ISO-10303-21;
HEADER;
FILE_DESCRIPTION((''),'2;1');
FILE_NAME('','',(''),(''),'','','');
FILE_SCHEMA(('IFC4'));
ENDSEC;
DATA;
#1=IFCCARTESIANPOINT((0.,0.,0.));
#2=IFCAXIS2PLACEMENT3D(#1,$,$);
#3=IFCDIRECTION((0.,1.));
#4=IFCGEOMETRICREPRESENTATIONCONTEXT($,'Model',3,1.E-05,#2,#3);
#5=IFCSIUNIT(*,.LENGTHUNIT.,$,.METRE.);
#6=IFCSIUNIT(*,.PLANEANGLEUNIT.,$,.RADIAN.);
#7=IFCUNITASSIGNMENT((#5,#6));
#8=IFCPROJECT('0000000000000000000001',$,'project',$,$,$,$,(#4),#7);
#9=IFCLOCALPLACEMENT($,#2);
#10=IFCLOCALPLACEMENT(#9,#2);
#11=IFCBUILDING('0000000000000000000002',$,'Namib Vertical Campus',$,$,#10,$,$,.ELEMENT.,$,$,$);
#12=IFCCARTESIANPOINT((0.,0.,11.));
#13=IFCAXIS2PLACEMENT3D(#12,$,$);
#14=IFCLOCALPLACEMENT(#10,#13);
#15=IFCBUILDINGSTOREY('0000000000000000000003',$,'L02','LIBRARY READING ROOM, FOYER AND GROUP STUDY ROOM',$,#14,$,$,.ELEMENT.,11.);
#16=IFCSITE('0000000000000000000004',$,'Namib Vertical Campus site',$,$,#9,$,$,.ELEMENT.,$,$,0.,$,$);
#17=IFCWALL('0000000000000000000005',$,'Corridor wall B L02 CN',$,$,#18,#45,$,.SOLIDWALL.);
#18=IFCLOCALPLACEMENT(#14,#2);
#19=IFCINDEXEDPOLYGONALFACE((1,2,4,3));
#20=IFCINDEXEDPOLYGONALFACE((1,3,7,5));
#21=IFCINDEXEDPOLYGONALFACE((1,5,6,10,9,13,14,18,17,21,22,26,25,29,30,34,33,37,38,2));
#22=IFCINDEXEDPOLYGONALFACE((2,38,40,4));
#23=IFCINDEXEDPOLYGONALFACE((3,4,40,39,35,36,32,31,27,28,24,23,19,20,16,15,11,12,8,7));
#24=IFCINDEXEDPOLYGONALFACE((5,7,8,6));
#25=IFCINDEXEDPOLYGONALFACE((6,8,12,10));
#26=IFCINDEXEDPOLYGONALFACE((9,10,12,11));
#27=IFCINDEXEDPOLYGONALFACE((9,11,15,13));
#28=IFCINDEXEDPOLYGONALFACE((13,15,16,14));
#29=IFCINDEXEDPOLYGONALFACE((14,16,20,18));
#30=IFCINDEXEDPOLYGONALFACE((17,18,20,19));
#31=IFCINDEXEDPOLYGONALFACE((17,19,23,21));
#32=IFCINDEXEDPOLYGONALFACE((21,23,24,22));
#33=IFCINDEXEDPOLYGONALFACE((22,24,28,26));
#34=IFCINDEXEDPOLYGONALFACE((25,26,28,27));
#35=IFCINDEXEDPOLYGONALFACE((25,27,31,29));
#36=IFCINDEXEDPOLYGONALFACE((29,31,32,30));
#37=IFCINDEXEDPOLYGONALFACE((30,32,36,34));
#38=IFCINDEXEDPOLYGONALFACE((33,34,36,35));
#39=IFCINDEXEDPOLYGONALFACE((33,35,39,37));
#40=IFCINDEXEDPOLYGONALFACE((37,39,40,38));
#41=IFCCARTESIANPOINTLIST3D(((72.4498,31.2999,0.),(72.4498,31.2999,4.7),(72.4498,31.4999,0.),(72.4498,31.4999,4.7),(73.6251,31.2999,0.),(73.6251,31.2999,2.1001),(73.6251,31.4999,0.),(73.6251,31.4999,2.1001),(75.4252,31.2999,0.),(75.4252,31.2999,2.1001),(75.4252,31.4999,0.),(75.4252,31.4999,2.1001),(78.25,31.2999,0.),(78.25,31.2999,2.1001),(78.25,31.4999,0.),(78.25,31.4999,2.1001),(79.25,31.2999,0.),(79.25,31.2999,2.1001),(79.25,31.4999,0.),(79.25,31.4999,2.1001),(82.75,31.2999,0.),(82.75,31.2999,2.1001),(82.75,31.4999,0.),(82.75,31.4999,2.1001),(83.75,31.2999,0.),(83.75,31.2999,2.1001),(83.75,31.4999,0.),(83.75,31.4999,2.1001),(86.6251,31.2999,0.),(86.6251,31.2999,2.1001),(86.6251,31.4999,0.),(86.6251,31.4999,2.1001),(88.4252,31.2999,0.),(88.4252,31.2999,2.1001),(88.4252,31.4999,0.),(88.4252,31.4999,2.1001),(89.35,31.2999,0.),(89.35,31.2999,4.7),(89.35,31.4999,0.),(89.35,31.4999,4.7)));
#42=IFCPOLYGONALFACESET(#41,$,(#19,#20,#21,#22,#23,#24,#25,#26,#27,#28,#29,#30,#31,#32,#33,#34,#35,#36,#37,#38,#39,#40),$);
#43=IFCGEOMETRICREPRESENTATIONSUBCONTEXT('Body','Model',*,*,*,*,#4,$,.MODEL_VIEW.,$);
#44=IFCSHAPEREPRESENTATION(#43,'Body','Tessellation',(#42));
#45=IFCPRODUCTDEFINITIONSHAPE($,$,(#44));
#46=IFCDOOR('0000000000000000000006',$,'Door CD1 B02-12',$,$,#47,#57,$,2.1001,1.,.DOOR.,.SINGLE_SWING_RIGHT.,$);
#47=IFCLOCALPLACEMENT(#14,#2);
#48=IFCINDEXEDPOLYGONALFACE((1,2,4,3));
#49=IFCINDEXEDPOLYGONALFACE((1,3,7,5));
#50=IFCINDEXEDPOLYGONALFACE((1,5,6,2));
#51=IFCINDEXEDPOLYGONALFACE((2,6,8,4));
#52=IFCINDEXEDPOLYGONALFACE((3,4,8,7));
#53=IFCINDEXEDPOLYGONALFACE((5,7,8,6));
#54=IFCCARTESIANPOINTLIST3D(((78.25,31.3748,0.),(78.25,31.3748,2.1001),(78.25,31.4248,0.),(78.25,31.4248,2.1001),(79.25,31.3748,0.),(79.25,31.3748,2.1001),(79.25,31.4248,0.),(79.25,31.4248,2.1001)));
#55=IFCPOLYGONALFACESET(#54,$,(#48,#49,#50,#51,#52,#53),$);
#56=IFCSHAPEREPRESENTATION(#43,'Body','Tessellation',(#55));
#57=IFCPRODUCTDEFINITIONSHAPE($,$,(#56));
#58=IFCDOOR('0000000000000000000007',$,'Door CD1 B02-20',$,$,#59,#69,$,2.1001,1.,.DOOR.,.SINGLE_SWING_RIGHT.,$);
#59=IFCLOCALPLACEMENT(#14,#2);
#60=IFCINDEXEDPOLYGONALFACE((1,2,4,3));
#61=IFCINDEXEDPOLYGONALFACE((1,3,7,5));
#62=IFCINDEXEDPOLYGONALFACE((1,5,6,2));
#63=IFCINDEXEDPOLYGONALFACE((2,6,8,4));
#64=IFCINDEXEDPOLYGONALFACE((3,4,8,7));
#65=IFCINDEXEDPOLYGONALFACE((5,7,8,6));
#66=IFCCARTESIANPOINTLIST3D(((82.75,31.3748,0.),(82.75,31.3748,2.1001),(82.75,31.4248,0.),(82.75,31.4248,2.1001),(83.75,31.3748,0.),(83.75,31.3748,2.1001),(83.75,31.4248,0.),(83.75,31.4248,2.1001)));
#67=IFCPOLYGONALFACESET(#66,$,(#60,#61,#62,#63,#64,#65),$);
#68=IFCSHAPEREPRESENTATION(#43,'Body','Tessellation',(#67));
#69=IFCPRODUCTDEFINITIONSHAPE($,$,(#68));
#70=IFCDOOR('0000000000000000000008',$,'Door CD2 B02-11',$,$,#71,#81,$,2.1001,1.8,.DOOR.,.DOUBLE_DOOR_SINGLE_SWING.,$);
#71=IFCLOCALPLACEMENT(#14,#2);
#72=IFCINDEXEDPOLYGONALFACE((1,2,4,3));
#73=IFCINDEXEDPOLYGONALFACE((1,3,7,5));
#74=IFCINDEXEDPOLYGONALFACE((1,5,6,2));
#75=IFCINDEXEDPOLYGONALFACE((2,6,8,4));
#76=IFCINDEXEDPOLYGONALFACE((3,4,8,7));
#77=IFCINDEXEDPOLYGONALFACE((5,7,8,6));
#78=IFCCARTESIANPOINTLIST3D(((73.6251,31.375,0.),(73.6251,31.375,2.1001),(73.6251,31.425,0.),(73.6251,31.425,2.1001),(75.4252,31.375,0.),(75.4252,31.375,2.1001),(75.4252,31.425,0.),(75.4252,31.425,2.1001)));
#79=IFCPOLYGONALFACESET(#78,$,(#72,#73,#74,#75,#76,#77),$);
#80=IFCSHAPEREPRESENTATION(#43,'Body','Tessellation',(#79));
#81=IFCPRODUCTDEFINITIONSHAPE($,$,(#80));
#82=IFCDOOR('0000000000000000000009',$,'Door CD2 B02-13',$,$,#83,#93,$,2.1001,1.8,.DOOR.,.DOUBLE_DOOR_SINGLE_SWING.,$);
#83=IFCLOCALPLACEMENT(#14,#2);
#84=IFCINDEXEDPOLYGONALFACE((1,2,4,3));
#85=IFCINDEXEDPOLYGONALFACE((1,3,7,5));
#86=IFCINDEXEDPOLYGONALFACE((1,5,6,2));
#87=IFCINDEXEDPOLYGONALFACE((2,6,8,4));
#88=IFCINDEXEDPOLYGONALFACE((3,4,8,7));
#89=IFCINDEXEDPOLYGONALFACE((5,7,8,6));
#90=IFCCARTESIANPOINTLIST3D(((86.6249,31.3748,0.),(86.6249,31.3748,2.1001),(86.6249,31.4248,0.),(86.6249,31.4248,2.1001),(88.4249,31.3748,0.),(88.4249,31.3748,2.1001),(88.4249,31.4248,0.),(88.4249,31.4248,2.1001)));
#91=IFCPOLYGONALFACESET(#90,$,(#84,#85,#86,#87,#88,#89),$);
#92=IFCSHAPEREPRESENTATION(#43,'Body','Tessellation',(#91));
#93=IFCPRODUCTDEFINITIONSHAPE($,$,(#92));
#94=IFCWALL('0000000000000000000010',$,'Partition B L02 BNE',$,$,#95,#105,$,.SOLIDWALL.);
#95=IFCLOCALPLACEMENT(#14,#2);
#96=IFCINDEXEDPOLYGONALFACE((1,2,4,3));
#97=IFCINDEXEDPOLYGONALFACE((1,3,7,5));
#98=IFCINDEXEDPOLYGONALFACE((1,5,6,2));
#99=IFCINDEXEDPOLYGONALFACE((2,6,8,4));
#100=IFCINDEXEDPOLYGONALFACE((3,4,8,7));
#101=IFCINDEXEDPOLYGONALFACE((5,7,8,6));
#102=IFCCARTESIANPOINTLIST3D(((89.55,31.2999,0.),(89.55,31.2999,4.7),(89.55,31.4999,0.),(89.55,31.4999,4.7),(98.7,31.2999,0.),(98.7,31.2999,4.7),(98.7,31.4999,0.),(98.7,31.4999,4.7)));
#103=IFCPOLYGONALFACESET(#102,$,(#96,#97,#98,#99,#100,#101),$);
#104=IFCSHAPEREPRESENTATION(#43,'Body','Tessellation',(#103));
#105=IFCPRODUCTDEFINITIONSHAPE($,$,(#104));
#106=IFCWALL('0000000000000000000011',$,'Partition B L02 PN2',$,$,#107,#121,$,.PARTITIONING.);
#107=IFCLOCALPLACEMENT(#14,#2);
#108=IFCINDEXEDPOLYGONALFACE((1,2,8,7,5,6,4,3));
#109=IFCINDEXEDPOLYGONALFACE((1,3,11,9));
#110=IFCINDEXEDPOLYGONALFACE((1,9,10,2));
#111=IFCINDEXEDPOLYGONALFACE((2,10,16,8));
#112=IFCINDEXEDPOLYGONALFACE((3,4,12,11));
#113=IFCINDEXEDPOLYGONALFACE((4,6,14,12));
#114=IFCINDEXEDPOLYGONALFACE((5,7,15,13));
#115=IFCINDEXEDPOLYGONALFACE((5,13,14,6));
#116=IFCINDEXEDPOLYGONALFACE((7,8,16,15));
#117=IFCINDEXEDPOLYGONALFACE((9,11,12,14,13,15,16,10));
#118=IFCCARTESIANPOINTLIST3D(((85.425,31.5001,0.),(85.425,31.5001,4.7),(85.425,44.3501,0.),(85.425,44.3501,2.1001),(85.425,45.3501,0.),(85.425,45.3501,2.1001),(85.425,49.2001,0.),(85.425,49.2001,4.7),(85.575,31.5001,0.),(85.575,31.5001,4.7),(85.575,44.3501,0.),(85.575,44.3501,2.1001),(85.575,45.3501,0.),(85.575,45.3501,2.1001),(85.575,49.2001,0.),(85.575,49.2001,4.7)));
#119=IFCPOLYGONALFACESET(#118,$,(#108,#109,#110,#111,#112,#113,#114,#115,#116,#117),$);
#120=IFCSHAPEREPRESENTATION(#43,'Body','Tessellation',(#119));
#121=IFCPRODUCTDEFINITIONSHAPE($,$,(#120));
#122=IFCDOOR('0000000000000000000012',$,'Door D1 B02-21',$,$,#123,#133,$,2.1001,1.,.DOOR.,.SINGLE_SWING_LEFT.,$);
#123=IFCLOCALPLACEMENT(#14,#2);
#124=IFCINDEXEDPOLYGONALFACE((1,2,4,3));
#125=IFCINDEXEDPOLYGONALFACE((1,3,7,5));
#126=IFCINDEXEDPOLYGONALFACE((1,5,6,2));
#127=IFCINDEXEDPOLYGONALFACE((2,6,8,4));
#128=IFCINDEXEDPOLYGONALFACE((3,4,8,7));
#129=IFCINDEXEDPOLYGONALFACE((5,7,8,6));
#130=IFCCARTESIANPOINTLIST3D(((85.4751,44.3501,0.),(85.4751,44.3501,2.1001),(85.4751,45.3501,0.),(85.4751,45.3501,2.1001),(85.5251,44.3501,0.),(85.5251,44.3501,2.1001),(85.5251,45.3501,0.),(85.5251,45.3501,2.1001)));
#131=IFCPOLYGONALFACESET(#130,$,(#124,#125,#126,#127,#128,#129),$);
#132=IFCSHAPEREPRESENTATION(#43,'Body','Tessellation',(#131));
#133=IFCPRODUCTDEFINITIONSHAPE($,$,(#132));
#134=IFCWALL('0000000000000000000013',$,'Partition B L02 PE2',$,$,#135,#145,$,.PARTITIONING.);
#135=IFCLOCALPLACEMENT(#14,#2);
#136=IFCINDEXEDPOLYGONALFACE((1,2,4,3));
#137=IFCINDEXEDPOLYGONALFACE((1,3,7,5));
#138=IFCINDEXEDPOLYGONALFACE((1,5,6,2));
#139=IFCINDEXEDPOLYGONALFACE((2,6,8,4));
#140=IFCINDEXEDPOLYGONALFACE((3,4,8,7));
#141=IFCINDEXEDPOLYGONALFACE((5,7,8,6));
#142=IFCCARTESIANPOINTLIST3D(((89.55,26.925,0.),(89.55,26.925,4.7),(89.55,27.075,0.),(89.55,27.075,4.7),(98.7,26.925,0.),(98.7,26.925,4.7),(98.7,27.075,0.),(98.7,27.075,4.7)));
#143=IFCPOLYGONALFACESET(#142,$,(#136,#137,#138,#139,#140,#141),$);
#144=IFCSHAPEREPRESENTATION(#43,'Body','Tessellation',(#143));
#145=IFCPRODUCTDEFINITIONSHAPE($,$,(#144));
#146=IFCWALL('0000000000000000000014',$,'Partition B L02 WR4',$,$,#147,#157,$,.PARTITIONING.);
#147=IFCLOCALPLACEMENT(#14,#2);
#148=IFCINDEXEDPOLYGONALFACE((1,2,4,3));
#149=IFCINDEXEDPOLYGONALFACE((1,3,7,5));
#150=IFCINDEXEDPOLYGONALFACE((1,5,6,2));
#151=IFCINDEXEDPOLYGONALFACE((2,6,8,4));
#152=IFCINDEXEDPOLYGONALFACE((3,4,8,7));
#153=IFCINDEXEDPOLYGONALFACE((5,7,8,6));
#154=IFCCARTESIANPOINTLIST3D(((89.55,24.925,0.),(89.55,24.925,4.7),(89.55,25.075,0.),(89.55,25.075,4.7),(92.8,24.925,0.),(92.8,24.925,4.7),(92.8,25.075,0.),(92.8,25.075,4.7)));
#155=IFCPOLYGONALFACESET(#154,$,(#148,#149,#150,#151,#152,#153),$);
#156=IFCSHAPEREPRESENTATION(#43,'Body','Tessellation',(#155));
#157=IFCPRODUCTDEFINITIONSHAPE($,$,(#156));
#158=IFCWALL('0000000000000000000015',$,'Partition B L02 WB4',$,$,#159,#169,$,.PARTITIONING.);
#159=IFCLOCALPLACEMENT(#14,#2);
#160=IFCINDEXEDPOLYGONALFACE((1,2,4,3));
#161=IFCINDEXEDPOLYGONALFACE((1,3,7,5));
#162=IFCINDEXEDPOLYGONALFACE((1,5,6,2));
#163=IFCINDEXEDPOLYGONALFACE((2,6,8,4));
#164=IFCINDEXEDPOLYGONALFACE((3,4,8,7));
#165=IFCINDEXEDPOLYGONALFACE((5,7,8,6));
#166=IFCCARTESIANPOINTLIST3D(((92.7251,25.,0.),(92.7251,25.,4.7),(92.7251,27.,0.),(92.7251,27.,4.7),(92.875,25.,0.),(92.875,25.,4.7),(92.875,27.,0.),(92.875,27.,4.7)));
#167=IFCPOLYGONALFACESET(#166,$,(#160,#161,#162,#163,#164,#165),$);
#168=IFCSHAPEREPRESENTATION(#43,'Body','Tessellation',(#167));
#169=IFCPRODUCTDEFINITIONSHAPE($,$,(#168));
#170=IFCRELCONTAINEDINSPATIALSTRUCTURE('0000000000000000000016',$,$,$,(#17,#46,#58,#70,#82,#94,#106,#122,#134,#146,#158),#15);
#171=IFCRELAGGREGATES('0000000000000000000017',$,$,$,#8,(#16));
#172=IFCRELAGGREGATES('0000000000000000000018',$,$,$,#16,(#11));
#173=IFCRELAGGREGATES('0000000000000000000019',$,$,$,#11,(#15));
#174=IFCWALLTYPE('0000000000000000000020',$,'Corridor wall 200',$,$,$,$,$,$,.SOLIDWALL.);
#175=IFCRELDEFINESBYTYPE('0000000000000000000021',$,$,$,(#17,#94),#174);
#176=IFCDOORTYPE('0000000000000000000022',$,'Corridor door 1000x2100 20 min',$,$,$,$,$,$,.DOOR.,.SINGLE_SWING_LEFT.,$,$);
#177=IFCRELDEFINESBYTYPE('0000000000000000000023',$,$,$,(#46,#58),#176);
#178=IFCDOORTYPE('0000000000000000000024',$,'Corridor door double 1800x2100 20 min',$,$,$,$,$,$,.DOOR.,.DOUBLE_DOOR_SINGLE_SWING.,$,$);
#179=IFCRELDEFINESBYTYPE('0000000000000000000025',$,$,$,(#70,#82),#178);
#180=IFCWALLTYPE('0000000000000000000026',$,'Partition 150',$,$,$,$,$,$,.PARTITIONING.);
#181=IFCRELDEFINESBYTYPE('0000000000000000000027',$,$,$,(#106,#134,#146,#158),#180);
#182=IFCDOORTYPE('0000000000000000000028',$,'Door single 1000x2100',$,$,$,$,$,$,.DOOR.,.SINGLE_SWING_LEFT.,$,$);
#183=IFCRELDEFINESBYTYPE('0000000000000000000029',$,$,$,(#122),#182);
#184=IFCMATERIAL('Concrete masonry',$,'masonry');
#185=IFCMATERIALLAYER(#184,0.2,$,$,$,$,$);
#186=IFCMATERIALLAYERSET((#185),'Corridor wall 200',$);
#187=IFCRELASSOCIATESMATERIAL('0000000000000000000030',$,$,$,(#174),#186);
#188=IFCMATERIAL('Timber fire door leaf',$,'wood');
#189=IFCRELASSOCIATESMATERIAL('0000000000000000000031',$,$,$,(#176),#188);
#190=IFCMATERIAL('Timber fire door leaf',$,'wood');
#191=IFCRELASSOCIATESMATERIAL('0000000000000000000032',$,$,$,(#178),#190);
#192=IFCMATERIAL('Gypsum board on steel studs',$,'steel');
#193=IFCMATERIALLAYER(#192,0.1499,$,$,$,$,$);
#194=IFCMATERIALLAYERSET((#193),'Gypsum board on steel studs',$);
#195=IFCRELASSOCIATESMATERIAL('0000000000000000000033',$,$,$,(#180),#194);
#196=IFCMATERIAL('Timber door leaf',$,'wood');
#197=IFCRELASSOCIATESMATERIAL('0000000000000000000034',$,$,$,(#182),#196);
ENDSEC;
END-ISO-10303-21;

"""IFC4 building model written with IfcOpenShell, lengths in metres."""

from ifc_helpers import new_model, si_unit, direction, frame, frame_2d, origin, place, context, subcontext, project, spatial, rectangle, extrude, material, layer, layer_set, type_object, element, fill, save


model = new_model("IFC4")

# Units and contexts
model_context = context("Model", 3, precision=1e-05, world=origin(), true_north=direction((0.0, 1.0)))
body_context = subcontext(model_context, "Body", "Model", "MODEL_VIEW")
ifc_project = project(units=[si_unit("LENGTHUNIT", "METRE"), si_unit("PLANEANGLEUNIT", "RADIAN")], contexts=[model_context])

# Site, building, storey
site_placement = place(None, origin())
site = spatial("IfcSite", under=ifc_project, at=site_placement, Name="Namib Vertical Campus site", CompositionType="ELEMENT", RefElevation=0.0)
building_placement = place(site_placement, origin())
building = spatial("IfcBuilding", under=site, at=building_placement, Name="Namib Vertical Campus", CompositionType="ELEMENT")
storey_placement = place(building_placement, frame((0.0, 0.0, 11.0)))
storey = spatial("IfcBuildingStorey", under=building, at=storey_placement, Name="L02", Description="LIBRARY READING ROOM, FOYER AND GROUP STUDY ROOM", CompositionType="ELEMENT", Elevation=11.0)

# Wall, openings, doors
ifc_material_1 = material(Name="Concrete masonry", Category="masonry")
ifc_layer_1 = layer(ifc_material_1, 0.2)
ifc_layer_set_1 = layer_set([ifc_layer_1], Name="Corridor wall 200")
wall_type_1 = type_object("IfcWallType", Name="Corridor wall 200", PredefinedType="SOLIDWALL", material=ifc_layer_set_1)
wall_1_placement = place(storey_placement, frame((89.3501, 31.3999, 0.0), z_axis=(0.0, 0.0, 1.0), x_axis=(-1.0, 0.0, 0.0)))
wall_1 = element("IfcWall", 1, at=wall_1_placement, inside=storey, type_object=wall_type_1, Name="Corridor wall B L02 CN", PredefinedType="SOLIDWALL", context=body_context, shape_type="SweptSolid", body=[
    extrude(rectangle(XDim=16.9001, YDim=0.2, at=frame_2d((8.4502, 0.0))), origin(), (0.0, 0.0, 1.0), 4.7),
])
opening_1_placement = place(wall_1_placement, frame((13.925, 0.0, 0.0)))
opening_1 = element("IfcOpeningElement", 2, at=opening_1_placement, cuts=wall_1, PredefinedType="OPENING", context=body_context, shape_type="SweptSolid", body=[
    extrude(rectangle(XDim=1.8, YDim=2.1001, at=frame_2d((0.8999, 1.05))), frame((0.0, 0.1099, 0.0), z_axis=(0.0, -1.0, 0.0), x_axis=(1.0, 0.0, 0.0)), (0.0, 0.0, 1.0), 0.22),
])
opening_2_placement = place(wall_1_placement, frame((10.1001, 0.0, 0.0)))
opening_2 = element("IfcOpeningElement", 3, at=opening_2_placement, cuts=wall_1, PredefinedType="OPENING", context=body_context, shape_type="SweptSolid", body=[
    extrude(rectangle(XDim=1.0, YDim=2.1001, at=frame_2d((0.5, 1.05))), frame((0.0, 0.1099, 0.0), z_axis=(0.0, -1.0, 0.0), x_axis=(1.0, 0.0, 0.0)), (0.0, 0.0, 1.0), 0.22),
])
opening_3_placement = place(wall_1_placement, frame((0.925, 0.0, 0.0)))
opening_3 = element("IfcOpeningElement", 4, at=opening_3_placement, cuts=wall_1, PredefinedType="OPENING", context=body_context, shape_type="SweptSolid", body=[
    extrude(rectangle(XDim=1.8, YDim=2.1001, at=frame_2d((0.8999, 1.05))), frame((0.0, 0.1099, 0.0), z_axis=(0.0, -1.0, 0.0), x_axis=(1.0, 0.0, 0.0)), (0.0, 0.0, 1.0), 0.22),
])
opening_4_placement = place(wall_1_placement, frame((5.6001, 0.0, 0.0)))
opening_4 = element("IfcOpeningElement", 5, at=opening_4_placement, cuts=wall_1, PredefinedType="OPENING", context=body_context, shape_type="SweptSolid", body=[
    extrude(rectangle(XDim=1.0, YDim=2.1001, at=frame_2d((0.5, 1.05))), frame((0.0, 0.1099, 0.0), z_axis=(0.0, -1.0, 0.0), x_axis=(1.0, 0.0, 0.0)), (0.0, 0.0, 1.0), 0.22),
])
ifc_material_2 = material(Name="Timber fire door leaf", Category="wood")
door_type_1 = type_object("IfcDoorType", Name="Corridor door 1000x2100 20 min", OperationType="SINGLE_SWING_LEFT", PredefinedType="DOOR", material=ifc_material_2)
door_1_placement = place(opening_2_placement, frame((1.0, 0.0, 0.0), z_axis=(0.0, 0.0, 1.0), x_axis=(-1.0, 0.0, 0.0)))
door_1 = element("IfcDoor", 6, at=door_1_placement, inside=storey, type_object=door_type_1, Name="Door CD1 B02-12", OperationType="SINGLE_SWING_RIGHT", OverallHeight=2.1001, OverallWidth=1.0, PredefinedType="DOOR", context=body_context, shape_type="SweptSolid", body=[
    extrude(rectangle(XDim=1.0, YDim=2.1001, at=frame_2d((0.5, 1.05))), frame((0.0, 0.0249, 0.0), z_axis=(0.0, -1.0, 0.0), x_axis=(1.0, 0.0, 0.0)), (0.0, 0.0, 1.0), 0.05),
])
fill(opening_2, door_1)
door_2_placement = place(opening_4_placement, frame((1.0, 0.0, 0.0), z_axis=(0.0, 0.0, 1.0), x_axis=(-1.0, 0.0, 0.0)))
door_2 = element("IfcDoor", 7, at=door_2_placement, inside=storey, type_object=door_type_1, Name="Door CD1 B02-20", OperationType="SINGLE_SWING_RIGHT", OverallHeight=2.1001, OverallWidth=1.0, PredefinedType="DOOR", context=body_context, shape_type="SweptSolid", body=[
    extrude(rectangle(XDim=1.0, YDim=2.1001, at=frame_2d((0.5, 1.05))), frame((0.0, 0.0249, 0.0), z_axis=(0.0, -1.0, 0.0), x_axis=(1.0, 0.0, 0.0)), (0.0, 0.0, 1.0), 0.05),
])
fill(opening_4, door_2)
ifc_material_3 = material(Name="Timber fire door leaf", Category="wood")
door_type_2 = type_object("IfcDoorType", Name="Corridor door double 1800x2100 20 min", OperationType="DOUBLE_DOOR_SINGLE_SWING", PredefinedType="DOOR", material=ifc_material_3)
door_3_placement = place(opening_1_placement, origin())
door_3 = element("IfcDoor", 8, at=door_3_placement, inside=storey, type_object=door_type_2, Name="Door CD2 B02-11", OperationType="DOUBLE_DOOR_SINGLE_SWING", OverallHeight=2.1001, OverallWidth=1.8, PredefinedType="DOOR", context=body_context, shape_type="SweptSolid", body=[
    extrude(rectangle(XDim=1.8, YDim=2.1001, at=frame_2d((0.8999, 1.05))), frame((0.0, 0.0249, 0.0), z_axis=(0.0, -1.0, 0.0), x_axis=(1.0, 0.0, 0.0)), (0.0, 0.0, 1.0), 0.05),
])
fill(opening_1, door_3)
door_4_placement = place(opening_3_placement, frame((1.8, 0.0, 0.0), z_axis=(0.0, 0.0, 1.0), x_axis=(-1.0, 0.0, 0.0)))
door_4 = element("IfcDoor", 9, at=door_4_placement, inside=storey, type_object=door_type_2, Name="Door CD2 B02-13", OperationType="DOUBLE_DOOR_SINGLE_SWING", OverallHeight=2.1001, OverallWidth=1.8, PredefinedType="DOOR", context=body_context, shape_type="SweptSolid", body=[
    extrude(rectangle(XDim=1.8, YDim=2.1001, at=frame_2d((0.8999, 1.05))), frame((0.0, 0.0249, 0.0), z_axis=(0.0, -1.0, 0.0), x_axis=(1.0, 0.0, 0.0)), (0.0, 0.0, 1.0), 0.05),
])
fill(opening_3, door_4)

# Wall
wall_2_placement = place(storey_placement, frame((89.55, 31.3999, 0.0), z_axis=(0.0, 0.0, 1.0), x_axis=(1.0, 0.0, 0.0)))
element("IfcWall", 10, at=wall_2_placement, inside=storey, type_object=wall_type_1, Name="Partition B L02 BNE", PredefinedType="SOLIDWALL", context=body_context, shape_type="SweptSolid", body=[
    extrude(rectangle(XDim=9.1499, YDim=0.2, at=frame_2d((4.575, 0.0))), origin(), (0.0, 0.0, 1.0), 4.7),
])

# Wall, opening, door
ifc_material_4 = material(Name="Gypsum board on steel studs", Category="steel")
ifc_layer_2 = layer(ifc_material_4, 0.1499)
ifc_layer_set_2 = layer_set([ifc_layer_2], Name="Gypsum board on steel studs")
wall_type_2 = type_object("IfcWallType", Name="Partition 150", PredefinedType="PARTITIONING", material=ifc_layer_set_2)
wall_3_placement = place(storey_placement, frame((85.5, 31.5, 0.0), z_axis=(0.0, 0.0, 1.0), x_axis=(0.0, 1.0, 0.0)))
wall_3 = element("IfcWall", 11, at=wall_3_placement, inside=storey, type_object=wall_type_2, Name="Partition B L02 PN2", PredefinedType="PARTITIONING", context=body_context, shape_type="SweptSolid", body=[
    extrude(rectangle(XDim=17.7, YDim=0.1499, at=frame_2d((8.8501, 0.0))), origin(), (0.0, 0.0, 1.0), 4.7),
])
opening_5_placement = place(wall_3_placement, frame((12.8501, 0.0, 0.0)))
opening_5 = element("IfcOpeningElement", 12, at=opening_5_placement, cuts=wall_3, PredefinedType="OPENING", context=body_context, shape_type="SweptSolid", body=[
    extrude(rectangle(XDim=1.0, YDim=2.1001, at=frame_2d((0.5, 1.05))), frame((0.0, 0.085, 0.0), z_axis=(0.0, -1.0, 0.0), x_axis=(1.0, 0.0, 0.0)), (0.0, 0.0, 1.0), 0.1699),
])
ifc_material_5 = material(Name="Timber door leaf", Category="wood")
door_type_3 = type_object("IfcDoorType", Name="Door single 1000x2100", OperationType="SINGLE_SWING_LEFT", PredefinedType="DOOR", material=ifc_material_5)
door_5_placement = place(opening_5_placement, origin())
door_5 = element("IfcDoor", 13, at=door_5_placement, inside=storey, type_object=door_type_3, Name="Door D1 B02-21", OperationType="SINGLE_SWING_LEFT", OverallHeight=2.1001, OverallWidth=1.0, PredefinedType="DOOR", context=body_context, shape_type="SweptSolid", body=[
    extrude(rectangle(XDim=1.0, YDim=2.1001, at=frame_2d((0.5, 1.05))), frame((0.0, 0.0249, 0.0), z_axis=(0.0, -1.0, 0.0), x_axis=(1.0, 0.0, 0.0)), (0.0, 0.0, 1.0), 0.05),
])
fill(opening_5, door_5)

# Walls
wall_4_placement = place(storey_placement, frame((89.55, 27.0, 0.0), z_axis=(0.0, 0.0, 1.0), x_axis=(1.0, 0.0, 0.0)))
element("IfcWall", 14, at=wall_4_placement, inside=storey, type_object=wall_type_2, Name="Partition B L02 PE2", PredefinedType="PARTITIONING", context=body_context, shape_type="SweptSolid", body=[
    extrude(rectangle(XDim=9.1499, YDim=0.1499, at=frame_2d((4.575, 0.0))), origin(), (0.0, 0.0, 1.0), 4.7),
])
wall_5_placement = place(storey_placement, frame((89.55, 25.0, 0.0), z_axis=(0.0, 0.0, 1.0), x_axis=(1.0, 0.0, 0.0)))
element("IfcWall", 15, at=wall_5_placement, inside=storey, type_object=wall_type_2, Name="Partition B L02 WR4", PredefinedType="PARTITIONING", context=body_context, shape_type="SweptSolid", body=[
    extrude(rectangle(XDim=3.25, YDim=0.1499, at=frame_2d((1.625, 0.0))), origin(), (0.0, 0.0, 1.0), 4.7),
])
wall_6_placement = place(storey_placement, frame((92.8, 25.0, 0.0), z_axis=(0.0, 0.0, 1.0), x_axis=(0.0, 1.0, 0.0)))
element("IfcWall", 16, at=wall_6_placement, inside=storey, type_object=wall_type_2, Name="Partition B L02 WB4", PredefinedType="PARTITIONING", context=body_context, shape_type="SweptSolid", body=[
    extrude(rectangle(XDim=2.0, YDim=0.1499, at=frame_2d((1.0, 0.0))), origin(), (0.0, 0.0, 1.0), 4.7),
])

save(model, "model.ifc")
